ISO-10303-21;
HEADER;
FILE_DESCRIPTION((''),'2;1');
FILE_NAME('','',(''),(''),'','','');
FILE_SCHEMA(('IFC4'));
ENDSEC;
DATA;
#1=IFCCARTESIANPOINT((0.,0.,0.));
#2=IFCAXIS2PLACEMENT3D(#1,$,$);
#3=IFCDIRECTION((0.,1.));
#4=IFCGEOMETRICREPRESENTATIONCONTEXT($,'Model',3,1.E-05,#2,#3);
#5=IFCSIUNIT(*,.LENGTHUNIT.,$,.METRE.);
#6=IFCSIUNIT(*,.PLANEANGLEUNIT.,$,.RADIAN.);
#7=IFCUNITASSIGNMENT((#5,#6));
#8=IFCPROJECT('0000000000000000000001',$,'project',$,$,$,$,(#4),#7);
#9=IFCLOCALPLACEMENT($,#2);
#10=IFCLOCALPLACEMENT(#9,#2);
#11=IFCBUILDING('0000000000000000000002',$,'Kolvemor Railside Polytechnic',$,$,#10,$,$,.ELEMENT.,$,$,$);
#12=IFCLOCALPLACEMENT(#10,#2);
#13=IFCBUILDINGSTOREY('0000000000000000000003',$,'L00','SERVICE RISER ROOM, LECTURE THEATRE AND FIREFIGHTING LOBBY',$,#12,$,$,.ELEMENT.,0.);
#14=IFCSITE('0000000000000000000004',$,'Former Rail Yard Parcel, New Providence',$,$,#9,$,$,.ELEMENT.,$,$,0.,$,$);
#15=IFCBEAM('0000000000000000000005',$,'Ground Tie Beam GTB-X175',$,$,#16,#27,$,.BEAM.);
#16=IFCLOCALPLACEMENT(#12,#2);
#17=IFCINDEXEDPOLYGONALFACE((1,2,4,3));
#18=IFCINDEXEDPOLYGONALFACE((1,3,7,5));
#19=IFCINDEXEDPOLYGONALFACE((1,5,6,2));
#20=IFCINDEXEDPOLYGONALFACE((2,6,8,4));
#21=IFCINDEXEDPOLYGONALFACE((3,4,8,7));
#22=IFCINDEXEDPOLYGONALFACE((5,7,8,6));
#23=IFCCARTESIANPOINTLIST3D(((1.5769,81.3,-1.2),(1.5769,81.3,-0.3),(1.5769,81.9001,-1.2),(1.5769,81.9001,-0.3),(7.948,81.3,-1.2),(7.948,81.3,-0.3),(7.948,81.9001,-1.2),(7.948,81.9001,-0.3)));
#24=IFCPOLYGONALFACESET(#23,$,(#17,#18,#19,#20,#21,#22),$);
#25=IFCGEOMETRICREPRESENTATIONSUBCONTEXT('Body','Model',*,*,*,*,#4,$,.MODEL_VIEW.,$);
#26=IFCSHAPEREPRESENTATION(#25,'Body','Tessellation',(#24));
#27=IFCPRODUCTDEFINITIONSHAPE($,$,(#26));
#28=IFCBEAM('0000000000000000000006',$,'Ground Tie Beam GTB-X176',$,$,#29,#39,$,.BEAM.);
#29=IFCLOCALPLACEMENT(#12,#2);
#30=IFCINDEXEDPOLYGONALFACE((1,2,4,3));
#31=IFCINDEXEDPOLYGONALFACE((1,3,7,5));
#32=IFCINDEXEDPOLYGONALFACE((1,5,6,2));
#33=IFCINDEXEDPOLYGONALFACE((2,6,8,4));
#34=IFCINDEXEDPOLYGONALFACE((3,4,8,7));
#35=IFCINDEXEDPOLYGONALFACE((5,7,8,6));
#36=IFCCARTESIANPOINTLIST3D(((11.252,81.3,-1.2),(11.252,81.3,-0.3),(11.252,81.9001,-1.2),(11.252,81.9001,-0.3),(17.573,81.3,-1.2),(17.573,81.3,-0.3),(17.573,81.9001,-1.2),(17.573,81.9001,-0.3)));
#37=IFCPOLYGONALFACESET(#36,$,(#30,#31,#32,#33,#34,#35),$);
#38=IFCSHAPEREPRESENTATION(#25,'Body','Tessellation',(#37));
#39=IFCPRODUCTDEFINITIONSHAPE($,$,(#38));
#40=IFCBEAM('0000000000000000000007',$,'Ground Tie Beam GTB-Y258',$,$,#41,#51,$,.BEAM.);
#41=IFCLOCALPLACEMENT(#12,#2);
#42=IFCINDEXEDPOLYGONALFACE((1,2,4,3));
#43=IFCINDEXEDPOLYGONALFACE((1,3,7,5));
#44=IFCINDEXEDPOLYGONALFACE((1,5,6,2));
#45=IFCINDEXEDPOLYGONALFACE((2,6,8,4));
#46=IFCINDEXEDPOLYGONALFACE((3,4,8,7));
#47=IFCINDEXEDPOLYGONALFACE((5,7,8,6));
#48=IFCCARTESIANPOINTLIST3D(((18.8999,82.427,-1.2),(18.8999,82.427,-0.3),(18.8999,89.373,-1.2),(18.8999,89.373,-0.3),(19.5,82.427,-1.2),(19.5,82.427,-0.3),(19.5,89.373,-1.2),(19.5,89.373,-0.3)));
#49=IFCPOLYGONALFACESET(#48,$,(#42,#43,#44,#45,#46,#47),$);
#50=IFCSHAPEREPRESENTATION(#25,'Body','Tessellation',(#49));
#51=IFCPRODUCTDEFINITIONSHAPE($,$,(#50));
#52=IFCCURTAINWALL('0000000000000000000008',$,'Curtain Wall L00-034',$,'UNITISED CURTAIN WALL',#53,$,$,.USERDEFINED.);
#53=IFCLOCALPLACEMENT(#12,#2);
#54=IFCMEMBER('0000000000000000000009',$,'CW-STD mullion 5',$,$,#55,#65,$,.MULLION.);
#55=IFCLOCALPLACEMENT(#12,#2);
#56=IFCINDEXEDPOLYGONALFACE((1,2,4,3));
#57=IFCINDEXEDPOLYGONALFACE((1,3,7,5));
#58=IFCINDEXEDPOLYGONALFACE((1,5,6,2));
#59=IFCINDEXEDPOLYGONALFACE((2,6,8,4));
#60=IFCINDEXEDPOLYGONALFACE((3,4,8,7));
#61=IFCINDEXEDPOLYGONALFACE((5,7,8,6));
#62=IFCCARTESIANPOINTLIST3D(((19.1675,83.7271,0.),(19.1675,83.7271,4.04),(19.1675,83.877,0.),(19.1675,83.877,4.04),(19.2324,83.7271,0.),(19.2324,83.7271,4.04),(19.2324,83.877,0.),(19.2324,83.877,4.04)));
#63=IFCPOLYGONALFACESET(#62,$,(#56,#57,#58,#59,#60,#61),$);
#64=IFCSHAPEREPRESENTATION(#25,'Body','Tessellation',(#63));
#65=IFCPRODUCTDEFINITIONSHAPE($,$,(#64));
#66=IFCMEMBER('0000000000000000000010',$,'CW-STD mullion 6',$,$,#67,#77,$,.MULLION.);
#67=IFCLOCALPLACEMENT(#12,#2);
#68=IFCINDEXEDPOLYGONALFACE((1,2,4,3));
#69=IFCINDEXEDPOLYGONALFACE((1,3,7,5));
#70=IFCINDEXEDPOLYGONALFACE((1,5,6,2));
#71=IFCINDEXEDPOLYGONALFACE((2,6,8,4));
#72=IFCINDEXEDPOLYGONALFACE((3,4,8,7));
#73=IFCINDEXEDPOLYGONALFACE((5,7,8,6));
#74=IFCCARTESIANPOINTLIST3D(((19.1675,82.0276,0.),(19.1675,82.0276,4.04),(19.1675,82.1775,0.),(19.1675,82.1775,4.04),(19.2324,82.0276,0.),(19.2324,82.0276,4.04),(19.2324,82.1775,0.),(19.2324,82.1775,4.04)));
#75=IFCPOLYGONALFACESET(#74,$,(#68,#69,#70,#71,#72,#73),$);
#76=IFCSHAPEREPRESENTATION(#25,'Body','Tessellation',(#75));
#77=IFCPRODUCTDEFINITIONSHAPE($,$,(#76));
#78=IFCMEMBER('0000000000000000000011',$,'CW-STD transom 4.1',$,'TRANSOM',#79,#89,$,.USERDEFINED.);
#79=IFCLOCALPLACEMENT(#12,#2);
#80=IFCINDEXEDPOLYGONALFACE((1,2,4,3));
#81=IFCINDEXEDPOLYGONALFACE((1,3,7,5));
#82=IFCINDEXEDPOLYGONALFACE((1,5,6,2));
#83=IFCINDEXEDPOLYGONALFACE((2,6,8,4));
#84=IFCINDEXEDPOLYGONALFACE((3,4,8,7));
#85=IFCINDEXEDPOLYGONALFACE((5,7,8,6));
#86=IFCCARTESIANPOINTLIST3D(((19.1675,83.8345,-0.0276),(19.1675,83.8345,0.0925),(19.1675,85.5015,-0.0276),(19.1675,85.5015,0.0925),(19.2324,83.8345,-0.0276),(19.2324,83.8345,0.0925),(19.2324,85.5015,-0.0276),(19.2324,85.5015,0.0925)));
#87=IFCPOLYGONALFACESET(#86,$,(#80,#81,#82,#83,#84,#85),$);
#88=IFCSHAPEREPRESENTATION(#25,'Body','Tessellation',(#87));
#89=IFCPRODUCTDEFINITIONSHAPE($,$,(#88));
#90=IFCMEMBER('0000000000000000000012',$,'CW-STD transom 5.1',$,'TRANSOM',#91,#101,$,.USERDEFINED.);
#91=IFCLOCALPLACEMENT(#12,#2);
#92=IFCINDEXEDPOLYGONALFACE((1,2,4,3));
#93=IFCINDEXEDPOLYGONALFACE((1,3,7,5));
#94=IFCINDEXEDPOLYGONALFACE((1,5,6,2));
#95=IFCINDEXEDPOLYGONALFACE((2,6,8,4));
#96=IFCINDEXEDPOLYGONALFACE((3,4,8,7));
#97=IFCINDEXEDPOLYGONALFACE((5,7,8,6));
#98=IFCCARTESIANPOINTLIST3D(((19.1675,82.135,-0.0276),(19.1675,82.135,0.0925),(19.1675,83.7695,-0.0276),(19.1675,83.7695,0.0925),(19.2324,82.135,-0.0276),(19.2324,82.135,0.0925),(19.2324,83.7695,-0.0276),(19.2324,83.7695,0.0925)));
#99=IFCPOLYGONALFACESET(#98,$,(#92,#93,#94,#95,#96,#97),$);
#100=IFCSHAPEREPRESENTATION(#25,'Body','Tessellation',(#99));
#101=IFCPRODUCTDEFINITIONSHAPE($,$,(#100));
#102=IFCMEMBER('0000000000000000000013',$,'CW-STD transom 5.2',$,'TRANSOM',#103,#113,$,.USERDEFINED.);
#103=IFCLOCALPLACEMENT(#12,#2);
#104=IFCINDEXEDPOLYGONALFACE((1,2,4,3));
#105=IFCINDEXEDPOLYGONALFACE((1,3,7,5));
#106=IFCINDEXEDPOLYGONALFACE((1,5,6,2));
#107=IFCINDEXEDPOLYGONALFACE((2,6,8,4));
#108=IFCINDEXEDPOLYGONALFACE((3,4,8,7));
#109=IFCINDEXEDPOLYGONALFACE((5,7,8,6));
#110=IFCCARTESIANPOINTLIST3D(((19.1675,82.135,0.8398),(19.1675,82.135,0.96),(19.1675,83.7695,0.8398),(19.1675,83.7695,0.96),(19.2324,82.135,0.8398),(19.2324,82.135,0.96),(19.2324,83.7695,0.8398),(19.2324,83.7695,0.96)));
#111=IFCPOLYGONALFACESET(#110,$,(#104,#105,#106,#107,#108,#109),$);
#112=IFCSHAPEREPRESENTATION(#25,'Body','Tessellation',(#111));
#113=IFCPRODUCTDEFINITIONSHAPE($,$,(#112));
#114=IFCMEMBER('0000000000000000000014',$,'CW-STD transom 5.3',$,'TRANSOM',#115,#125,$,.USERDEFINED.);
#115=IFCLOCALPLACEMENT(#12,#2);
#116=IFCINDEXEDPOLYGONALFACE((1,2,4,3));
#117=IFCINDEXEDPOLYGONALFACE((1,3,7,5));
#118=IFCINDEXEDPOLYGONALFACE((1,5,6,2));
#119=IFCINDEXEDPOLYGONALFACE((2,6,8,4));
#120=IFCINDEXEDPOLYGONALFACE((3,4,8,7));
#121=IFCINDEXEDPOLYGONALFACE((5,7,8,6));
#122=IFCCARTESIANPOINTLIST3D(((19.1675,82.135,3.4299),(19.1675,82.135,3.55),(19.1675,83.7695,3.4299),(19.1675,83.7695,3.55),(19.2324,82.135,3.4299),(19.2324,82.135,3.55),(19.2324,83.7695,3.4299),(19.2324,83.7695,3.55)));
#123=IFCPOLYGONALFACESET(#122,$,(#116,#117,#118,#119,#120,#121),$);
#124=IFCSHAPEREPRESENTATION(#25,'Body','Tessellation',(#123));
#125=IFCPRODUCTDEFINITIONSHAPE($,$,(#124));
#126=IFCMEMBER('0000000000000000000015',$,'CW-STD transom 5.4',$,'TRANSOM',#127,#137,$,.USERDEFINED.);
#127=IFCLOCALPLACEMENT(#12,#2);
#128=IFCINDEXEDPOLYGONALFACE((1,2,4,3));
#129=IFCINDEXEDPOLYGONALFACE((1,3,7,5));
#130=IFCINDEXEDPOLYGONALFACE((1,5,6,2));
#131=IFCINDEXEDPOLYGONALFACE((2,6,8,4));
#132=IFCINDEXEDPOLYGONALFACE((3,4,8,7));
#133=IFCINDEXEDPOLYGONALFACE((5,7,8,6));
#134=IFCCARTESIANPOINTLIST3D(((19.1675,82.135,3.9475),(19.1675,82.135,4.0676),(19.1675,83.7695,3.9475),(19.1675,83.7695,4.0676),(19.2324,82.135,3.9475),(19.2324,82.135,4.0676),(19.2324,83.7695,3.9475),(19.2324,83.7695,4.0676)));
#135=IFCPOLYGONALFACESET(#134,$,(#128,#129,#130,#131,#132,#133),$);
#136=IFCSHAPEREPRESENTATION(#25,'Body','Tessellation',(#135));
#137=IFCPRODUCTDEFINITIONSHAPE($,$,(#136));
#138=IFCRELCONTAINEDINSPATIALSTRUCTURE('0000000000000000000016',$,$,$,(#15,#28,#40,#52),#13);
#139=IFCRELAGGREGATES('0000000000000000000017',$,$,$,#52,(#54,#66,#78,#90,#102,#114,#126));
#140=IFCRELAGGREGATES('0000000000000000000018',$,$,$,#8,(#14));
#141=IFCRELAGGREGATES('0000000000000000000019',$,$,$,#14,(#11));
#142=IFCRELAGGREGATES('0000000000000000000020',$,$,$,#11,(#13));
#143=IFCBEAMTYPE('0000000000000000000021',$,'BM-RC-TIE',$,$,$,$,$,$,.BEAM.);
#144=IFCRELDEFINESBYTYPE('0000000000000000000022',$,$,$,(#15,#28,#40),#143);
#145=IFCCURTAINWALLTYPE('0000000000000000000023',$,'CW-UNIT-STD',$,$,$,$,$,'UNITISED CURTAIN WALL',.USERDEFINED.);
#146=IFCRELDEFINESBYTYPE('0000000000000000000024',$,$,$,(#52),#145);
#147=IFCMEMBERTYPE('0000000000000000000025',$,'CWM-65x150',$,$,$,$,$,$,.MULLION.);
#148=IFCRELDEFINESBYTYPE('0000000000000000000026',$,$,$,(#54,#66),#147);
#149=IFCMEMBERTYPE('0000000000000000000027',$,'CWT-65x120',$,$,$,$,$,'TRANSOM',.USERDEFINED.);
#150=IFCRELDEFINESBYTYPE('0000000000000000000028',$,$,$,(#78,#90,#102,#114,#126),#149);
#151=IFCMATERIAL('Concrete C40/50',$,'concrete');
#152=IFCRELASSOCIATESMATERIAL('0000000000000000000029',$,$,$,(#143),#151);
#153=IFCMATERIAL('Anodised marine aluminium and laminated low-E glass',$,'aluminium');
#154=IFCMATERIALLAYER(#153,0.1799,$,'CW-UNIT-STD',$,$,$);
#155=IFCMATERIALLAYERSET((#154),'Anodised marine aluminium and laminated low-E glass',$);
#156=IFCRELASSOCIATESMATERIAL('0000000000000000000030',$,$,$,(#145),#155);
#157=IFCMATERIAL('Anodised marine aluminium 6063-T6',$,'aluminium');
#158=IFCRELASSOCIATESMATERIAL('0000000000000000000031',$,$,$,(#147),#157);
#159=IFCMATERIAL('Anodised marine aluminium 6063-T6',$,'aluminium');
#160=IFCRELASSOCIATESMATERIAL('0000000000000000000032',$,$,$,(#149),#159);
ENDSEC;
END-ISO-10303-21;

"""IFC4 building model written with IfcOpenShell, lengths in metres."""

from ifc_helpers import new_model, si_unit, direction, frame, origin, origin_2d, place, context, subcontext, project, spatial, rectangle, extrude, material, layer, layer_set, material_profile, profile_set, type_object, element, aggregate, save


model = new_model("IFC4")

# Units and contexts
model_context = context("Model", 3, precision=1e-05, world=origin(), true_north=direction((0.0, 1.0)))
body_context = subcontext(model_context, "Body", "Model", "MODEL_VIEW")
ifc_project = project(units=[si_unit("LENGTHUNIT", "METRE"), si_unit("PLANEANGLEUNIT", "RADIAN")], contexts=[model_context])

# Site, building, storey
site_placement = place(None, origin())
site = spatial("IfcSite", under=ifc_project, at=site_placement, Name="Former Rail Yard Parcel, New Providence", CompositionType="ELEMENT", RefElevation=0.0)
building_placement = place(site_placement, origin())
building = spatial("IfcBuilding", under=site, at=building_placement, Name="Kolvemor Railside Polytechnic", CompositionType="ELEMENT")
storey_placement = place(building_placement, origin())
storey = spatial("IfcBuildingStorey", under=building, at=storey_placement, Name="L00", Description="SERVICE RISER ROOM, LECTURE THEATRE AND FIREFIGHTING LOBBY", CompositionType="ELEMENT", Elevation=0.0)

# Beams
ifc_material_1 = material(Name="Concrete C40/50", Category="concrete")
ifc_material_profile_1 = material_profile(ifc_material_1, rectangle(XDim=0.6001, YDim=0.8999, at=origin_2d()), Name="RC600x900")
ifc_profile_set_1 = profile_set([ifc_material_profile_1], Name="Concrete C40/50")
beam_type_1 = type_object("IfcBeamType", Name="BM-RC-TIE", PredefinedType="BEAM", material=ifc_profile_set_1)
beam_1_placement = place(storey_placement, frame((1.5769, 81.6001, -0.75), z_axis=(1.0, 0.0, 0.0), x_axis=(0.0, 1.0, 0.0)))
element("IfcBeam", 1, at=beam_1_placement, inside=storey, type_object=beam_type_1, Name="Ground Tie Beam GTB-X175", PredefinedType="BEAM", context=body_context, shape_type="SweptSolid", body=[
    extrude(rectangle(XDim=0.6001, YDim=0.8999, at=origin_2d()), origin(), (0.0, 0.0, 1.0), 6.3711),
])
beam_2_placement = place(storey_placement, frame((11.252, 81.6001, -0.75), z_axis=(1.0, 0.0, 0.0), x_axis=(0.0, 1.0, 0.0)))
element("IfcBeam", 2, at=beam_2_placement, inside=storey, type_object=beam_type_1, Name="Ground Tie Beam GTB-X176", PredefinedType="BEAM", context=body_context, shape_type="SweptSolid", body=[
    extrude(rectangle(XDim=0.6001, YDim=0.8999, at=origin_2d()), origin(), (0.0, 0.0, 1.0), 6.321),
])
beam_3_placement = place(storey_placement, frame((19.2, 82.427, -0.75), z_axis=(0.0, 1.0, 0.0), x_axis=(-1.0, 0.0, 0.0)))
element("IfcBeam", 3, at=beam_3_placement, inside=storey, type_object=beam_type_1, Name="Ground Tie Beam GTB-Y258", PredefinedType="BEAM", context=body_context, shape_type="SweptSolid", body=[
    extrude(rectangle(XDim=0.6001, YDim=0.8999, at=origin_2d()), origin(), (0.0, 0.0, 1.0), 6.946),
])

# Curtain wall, members
ifc_material_2 = material(Name="Anodised marine aluminium and laminated low-E glass", Category="aluminium")
ifc_layer_1 = layer(ifc_material_2, 0.1799, Name="CW-UNIT-STD")
ifc_layer_set_1 = layer_set([ifc_layer_1], Name="Anodised marine aluminium and laminated low-E glass")
curtain_wall_type = type_object("IfcCurtainWallType", Name="CW-UNIT-STD", ElementType="UNITISED CURTAIN WALL", PredefinedType="USERDEFINED", material=ifc_layer_set_1)
curtain_wall_placement = place(storey_placement, origin())
curtain_wall = element("IfcCurtainWall", 4, at=curtain_wall_placement, inside=storey, type_object=curtain_wall_type, Name="Curtain Wall L00-034", ObjectType="UNITISED CURTAIN WALL", PredefinedType="USERDEFINED")
ifc_material_3 = material(Name="Anodised marine aluminium 6063-T6", Category="aluminium")
ifc_material_profile_2 = material_profile(ifc_material_3, rectangle(XDim=0.0649, YDim=0.1499, at=origin_2d()), Name="CW-MUL-65x150")
ifc_profile_set_2 = profile_set([ifc_material_profile_2], Name="Anodised marine aluminium 6063-T6")
member_type_1 = type_object("IfcMemberType", Name="CWM-65x150", PredefinedType="MULLION", material=ifc_profile_set_2)
member_1_placement = place(storey_placement, frame((19.2, 83.802, 0.0), z_axis=(0.0, 0.0, 1.0), x_axis=(1.0, 0.0, 0.0)))
member_1 = element("IfcMember", 5, at=member_1_placement, type_object=member_type_1, Name="CW-STD mullion 5", PredefinedType="MULLION", context=body_context, shape_type="SweptSolid", body=[
    extrude(rectangle(XDim=0.0649, YDim=0.1499, at=origin_2d()), origin(), (0.0, 0.0, 1.0), 4.04),
])
member_2_placement = place(storey_placement, frame((19.2, 82.1025, 0.0), z_axis=(0.0, 0.0, 1.0), x_axis=(1.0, 0.0, 0.0)))
member_2 = element("IfcMember", 6, at=member_2_placement, type_object=member_type_1, Name="CW-STD mullion 6", PredefinedType="MULLION", context=body_context, shape_type="SweptSolid", body=[
    extrude(rectangle(XDim=0.0649, YDim=0.1499, at=origin_2d()), origin(), (0.0, 0.0, 1.0), 4.04),
])
ifc_material_4 = material(Name="Anodised marine aluminium 6063-T6", Category="aluminium")
ifc_material_profile_3 = material_profile(ifc_material_4, rectangle(XDim=0.0649, YDim=0.1201, at=origin_2d()), Name="CW-TRN-65x120")
ifc_profile_set_3 = profile_set([ifc_material_profile_3], Name="Anodised marine aluminium 6063-T6")
member_type_2 = type_object("IfcMemberType", Name="CWT-65x120", ElementType="TRANSOM", PredefinedType="USERDEFINED", material=ifc_profile_set_3)
member_3_placement = place(storey_placement, frame((19.2, 85.5015, 0.0325), z_axis=(0.0, -1.0, 0.0), x_axis=(1.0, 0.0, 0.0)))
member_3 = element("IfcMember", 7, at=member_3_placement, type_object=member_type_2, Name="CW-STD transom 4.1", ObjectType="TRANSOM", PredefinedType="USERDEFINED", context=body_context, shape_type="SweptSolid", body=[
    extrude(rectangle(XDim=0.0649, YDim=0.1201, at=origin_2d()), origin(), (0.0, 0.0, 1.0), 1.667),
])
member_4_placement = place(storey_placement, frame((19.2, 83.7695, 0.0325), z_axis=(0.0, -1.0, 0.0), x_axis=(1.0, 0.0, 0.0)))
member_4 = element("IfcMember", 8, at=member_4_placement, type_object=member_type_2, Name="CW-STD transom 5.1", ObjectType="TRANSOM", PredefinedType="USERDEFINED", context=body_context, shape_type="SweptSolid", body=[
    extrude(rectangle(XDim=0.0649, YDim=0.1201, at=origin_2d()), origin(), (0.0, 0.0, 1.0), 1.6345),
])
member_5_placement = place(storey_placement, frame((19.2, 83.7695, 0.8999), z_axis=(0.0, -1.0, 0.0), x_axis=(1.0, 0.0, 0.0)))
member_5 = element("IfcMember", 9, at=member_5_placement, type_object=member_type_2, Name="CW-STD transom 5.2", ObjectType="TRANSOM", PredefinedType="USERDEFINED", context=body_context, shape_type="SweptSolid", body=[
    extrude(rectangle(XDim=0.0649, YDim=0.1201, at=origin_2d()), origin(), (0.0, 0.0, 1.0), 1.6345),
])
member_6_placement = place(storey_placement, frame((19.2, 83.7695, 3.49), z_axis=(0.0, -1.0, 0.0), x_axis=(1.0, 0.0, 0.0)))
member_6 = element("IfcMember", 10, at=member_6_placement, type_object=member_type_2, Name="CW-STD transom 5.3", ObjectType="TRANSOM", PredefinedType="USERDEFINED", context=body_context, shape_type="SweptSolid", body=[
    extrude(rectangle(XDim=0.0649, YDim=0.1201, at=origin_2d()), origin(), (0.0, 0.0, 1.0), 1.6345),
])
member_7_placement = place(storey_placement, frame((19.2, 83.7695, 4.0076), z_axis=(0.0, -1.0, 0.0), x_axis=(1.0, 0.0, 0.0)))
member_7 = element("IfcMember", 11, at=member_7_placement, type_object=member_type_2, Name="CW-STD transom 5.4", ObjectType="TRANSOM", PredefinedType="USERDEFINED", context=body_context, shape_type="SweptSolid", body=[
    extrude(rectangle(XDim=0.0649, YDim=0.1201, at=origin_2d()), origin(), (0.0, 0.0, 1.0), 1.6345),
])

aggregate(curtain_wall, [member_1, member_2, member_3, member_4, member_5, member_6, member_7])

save(model, "model.ifc")
